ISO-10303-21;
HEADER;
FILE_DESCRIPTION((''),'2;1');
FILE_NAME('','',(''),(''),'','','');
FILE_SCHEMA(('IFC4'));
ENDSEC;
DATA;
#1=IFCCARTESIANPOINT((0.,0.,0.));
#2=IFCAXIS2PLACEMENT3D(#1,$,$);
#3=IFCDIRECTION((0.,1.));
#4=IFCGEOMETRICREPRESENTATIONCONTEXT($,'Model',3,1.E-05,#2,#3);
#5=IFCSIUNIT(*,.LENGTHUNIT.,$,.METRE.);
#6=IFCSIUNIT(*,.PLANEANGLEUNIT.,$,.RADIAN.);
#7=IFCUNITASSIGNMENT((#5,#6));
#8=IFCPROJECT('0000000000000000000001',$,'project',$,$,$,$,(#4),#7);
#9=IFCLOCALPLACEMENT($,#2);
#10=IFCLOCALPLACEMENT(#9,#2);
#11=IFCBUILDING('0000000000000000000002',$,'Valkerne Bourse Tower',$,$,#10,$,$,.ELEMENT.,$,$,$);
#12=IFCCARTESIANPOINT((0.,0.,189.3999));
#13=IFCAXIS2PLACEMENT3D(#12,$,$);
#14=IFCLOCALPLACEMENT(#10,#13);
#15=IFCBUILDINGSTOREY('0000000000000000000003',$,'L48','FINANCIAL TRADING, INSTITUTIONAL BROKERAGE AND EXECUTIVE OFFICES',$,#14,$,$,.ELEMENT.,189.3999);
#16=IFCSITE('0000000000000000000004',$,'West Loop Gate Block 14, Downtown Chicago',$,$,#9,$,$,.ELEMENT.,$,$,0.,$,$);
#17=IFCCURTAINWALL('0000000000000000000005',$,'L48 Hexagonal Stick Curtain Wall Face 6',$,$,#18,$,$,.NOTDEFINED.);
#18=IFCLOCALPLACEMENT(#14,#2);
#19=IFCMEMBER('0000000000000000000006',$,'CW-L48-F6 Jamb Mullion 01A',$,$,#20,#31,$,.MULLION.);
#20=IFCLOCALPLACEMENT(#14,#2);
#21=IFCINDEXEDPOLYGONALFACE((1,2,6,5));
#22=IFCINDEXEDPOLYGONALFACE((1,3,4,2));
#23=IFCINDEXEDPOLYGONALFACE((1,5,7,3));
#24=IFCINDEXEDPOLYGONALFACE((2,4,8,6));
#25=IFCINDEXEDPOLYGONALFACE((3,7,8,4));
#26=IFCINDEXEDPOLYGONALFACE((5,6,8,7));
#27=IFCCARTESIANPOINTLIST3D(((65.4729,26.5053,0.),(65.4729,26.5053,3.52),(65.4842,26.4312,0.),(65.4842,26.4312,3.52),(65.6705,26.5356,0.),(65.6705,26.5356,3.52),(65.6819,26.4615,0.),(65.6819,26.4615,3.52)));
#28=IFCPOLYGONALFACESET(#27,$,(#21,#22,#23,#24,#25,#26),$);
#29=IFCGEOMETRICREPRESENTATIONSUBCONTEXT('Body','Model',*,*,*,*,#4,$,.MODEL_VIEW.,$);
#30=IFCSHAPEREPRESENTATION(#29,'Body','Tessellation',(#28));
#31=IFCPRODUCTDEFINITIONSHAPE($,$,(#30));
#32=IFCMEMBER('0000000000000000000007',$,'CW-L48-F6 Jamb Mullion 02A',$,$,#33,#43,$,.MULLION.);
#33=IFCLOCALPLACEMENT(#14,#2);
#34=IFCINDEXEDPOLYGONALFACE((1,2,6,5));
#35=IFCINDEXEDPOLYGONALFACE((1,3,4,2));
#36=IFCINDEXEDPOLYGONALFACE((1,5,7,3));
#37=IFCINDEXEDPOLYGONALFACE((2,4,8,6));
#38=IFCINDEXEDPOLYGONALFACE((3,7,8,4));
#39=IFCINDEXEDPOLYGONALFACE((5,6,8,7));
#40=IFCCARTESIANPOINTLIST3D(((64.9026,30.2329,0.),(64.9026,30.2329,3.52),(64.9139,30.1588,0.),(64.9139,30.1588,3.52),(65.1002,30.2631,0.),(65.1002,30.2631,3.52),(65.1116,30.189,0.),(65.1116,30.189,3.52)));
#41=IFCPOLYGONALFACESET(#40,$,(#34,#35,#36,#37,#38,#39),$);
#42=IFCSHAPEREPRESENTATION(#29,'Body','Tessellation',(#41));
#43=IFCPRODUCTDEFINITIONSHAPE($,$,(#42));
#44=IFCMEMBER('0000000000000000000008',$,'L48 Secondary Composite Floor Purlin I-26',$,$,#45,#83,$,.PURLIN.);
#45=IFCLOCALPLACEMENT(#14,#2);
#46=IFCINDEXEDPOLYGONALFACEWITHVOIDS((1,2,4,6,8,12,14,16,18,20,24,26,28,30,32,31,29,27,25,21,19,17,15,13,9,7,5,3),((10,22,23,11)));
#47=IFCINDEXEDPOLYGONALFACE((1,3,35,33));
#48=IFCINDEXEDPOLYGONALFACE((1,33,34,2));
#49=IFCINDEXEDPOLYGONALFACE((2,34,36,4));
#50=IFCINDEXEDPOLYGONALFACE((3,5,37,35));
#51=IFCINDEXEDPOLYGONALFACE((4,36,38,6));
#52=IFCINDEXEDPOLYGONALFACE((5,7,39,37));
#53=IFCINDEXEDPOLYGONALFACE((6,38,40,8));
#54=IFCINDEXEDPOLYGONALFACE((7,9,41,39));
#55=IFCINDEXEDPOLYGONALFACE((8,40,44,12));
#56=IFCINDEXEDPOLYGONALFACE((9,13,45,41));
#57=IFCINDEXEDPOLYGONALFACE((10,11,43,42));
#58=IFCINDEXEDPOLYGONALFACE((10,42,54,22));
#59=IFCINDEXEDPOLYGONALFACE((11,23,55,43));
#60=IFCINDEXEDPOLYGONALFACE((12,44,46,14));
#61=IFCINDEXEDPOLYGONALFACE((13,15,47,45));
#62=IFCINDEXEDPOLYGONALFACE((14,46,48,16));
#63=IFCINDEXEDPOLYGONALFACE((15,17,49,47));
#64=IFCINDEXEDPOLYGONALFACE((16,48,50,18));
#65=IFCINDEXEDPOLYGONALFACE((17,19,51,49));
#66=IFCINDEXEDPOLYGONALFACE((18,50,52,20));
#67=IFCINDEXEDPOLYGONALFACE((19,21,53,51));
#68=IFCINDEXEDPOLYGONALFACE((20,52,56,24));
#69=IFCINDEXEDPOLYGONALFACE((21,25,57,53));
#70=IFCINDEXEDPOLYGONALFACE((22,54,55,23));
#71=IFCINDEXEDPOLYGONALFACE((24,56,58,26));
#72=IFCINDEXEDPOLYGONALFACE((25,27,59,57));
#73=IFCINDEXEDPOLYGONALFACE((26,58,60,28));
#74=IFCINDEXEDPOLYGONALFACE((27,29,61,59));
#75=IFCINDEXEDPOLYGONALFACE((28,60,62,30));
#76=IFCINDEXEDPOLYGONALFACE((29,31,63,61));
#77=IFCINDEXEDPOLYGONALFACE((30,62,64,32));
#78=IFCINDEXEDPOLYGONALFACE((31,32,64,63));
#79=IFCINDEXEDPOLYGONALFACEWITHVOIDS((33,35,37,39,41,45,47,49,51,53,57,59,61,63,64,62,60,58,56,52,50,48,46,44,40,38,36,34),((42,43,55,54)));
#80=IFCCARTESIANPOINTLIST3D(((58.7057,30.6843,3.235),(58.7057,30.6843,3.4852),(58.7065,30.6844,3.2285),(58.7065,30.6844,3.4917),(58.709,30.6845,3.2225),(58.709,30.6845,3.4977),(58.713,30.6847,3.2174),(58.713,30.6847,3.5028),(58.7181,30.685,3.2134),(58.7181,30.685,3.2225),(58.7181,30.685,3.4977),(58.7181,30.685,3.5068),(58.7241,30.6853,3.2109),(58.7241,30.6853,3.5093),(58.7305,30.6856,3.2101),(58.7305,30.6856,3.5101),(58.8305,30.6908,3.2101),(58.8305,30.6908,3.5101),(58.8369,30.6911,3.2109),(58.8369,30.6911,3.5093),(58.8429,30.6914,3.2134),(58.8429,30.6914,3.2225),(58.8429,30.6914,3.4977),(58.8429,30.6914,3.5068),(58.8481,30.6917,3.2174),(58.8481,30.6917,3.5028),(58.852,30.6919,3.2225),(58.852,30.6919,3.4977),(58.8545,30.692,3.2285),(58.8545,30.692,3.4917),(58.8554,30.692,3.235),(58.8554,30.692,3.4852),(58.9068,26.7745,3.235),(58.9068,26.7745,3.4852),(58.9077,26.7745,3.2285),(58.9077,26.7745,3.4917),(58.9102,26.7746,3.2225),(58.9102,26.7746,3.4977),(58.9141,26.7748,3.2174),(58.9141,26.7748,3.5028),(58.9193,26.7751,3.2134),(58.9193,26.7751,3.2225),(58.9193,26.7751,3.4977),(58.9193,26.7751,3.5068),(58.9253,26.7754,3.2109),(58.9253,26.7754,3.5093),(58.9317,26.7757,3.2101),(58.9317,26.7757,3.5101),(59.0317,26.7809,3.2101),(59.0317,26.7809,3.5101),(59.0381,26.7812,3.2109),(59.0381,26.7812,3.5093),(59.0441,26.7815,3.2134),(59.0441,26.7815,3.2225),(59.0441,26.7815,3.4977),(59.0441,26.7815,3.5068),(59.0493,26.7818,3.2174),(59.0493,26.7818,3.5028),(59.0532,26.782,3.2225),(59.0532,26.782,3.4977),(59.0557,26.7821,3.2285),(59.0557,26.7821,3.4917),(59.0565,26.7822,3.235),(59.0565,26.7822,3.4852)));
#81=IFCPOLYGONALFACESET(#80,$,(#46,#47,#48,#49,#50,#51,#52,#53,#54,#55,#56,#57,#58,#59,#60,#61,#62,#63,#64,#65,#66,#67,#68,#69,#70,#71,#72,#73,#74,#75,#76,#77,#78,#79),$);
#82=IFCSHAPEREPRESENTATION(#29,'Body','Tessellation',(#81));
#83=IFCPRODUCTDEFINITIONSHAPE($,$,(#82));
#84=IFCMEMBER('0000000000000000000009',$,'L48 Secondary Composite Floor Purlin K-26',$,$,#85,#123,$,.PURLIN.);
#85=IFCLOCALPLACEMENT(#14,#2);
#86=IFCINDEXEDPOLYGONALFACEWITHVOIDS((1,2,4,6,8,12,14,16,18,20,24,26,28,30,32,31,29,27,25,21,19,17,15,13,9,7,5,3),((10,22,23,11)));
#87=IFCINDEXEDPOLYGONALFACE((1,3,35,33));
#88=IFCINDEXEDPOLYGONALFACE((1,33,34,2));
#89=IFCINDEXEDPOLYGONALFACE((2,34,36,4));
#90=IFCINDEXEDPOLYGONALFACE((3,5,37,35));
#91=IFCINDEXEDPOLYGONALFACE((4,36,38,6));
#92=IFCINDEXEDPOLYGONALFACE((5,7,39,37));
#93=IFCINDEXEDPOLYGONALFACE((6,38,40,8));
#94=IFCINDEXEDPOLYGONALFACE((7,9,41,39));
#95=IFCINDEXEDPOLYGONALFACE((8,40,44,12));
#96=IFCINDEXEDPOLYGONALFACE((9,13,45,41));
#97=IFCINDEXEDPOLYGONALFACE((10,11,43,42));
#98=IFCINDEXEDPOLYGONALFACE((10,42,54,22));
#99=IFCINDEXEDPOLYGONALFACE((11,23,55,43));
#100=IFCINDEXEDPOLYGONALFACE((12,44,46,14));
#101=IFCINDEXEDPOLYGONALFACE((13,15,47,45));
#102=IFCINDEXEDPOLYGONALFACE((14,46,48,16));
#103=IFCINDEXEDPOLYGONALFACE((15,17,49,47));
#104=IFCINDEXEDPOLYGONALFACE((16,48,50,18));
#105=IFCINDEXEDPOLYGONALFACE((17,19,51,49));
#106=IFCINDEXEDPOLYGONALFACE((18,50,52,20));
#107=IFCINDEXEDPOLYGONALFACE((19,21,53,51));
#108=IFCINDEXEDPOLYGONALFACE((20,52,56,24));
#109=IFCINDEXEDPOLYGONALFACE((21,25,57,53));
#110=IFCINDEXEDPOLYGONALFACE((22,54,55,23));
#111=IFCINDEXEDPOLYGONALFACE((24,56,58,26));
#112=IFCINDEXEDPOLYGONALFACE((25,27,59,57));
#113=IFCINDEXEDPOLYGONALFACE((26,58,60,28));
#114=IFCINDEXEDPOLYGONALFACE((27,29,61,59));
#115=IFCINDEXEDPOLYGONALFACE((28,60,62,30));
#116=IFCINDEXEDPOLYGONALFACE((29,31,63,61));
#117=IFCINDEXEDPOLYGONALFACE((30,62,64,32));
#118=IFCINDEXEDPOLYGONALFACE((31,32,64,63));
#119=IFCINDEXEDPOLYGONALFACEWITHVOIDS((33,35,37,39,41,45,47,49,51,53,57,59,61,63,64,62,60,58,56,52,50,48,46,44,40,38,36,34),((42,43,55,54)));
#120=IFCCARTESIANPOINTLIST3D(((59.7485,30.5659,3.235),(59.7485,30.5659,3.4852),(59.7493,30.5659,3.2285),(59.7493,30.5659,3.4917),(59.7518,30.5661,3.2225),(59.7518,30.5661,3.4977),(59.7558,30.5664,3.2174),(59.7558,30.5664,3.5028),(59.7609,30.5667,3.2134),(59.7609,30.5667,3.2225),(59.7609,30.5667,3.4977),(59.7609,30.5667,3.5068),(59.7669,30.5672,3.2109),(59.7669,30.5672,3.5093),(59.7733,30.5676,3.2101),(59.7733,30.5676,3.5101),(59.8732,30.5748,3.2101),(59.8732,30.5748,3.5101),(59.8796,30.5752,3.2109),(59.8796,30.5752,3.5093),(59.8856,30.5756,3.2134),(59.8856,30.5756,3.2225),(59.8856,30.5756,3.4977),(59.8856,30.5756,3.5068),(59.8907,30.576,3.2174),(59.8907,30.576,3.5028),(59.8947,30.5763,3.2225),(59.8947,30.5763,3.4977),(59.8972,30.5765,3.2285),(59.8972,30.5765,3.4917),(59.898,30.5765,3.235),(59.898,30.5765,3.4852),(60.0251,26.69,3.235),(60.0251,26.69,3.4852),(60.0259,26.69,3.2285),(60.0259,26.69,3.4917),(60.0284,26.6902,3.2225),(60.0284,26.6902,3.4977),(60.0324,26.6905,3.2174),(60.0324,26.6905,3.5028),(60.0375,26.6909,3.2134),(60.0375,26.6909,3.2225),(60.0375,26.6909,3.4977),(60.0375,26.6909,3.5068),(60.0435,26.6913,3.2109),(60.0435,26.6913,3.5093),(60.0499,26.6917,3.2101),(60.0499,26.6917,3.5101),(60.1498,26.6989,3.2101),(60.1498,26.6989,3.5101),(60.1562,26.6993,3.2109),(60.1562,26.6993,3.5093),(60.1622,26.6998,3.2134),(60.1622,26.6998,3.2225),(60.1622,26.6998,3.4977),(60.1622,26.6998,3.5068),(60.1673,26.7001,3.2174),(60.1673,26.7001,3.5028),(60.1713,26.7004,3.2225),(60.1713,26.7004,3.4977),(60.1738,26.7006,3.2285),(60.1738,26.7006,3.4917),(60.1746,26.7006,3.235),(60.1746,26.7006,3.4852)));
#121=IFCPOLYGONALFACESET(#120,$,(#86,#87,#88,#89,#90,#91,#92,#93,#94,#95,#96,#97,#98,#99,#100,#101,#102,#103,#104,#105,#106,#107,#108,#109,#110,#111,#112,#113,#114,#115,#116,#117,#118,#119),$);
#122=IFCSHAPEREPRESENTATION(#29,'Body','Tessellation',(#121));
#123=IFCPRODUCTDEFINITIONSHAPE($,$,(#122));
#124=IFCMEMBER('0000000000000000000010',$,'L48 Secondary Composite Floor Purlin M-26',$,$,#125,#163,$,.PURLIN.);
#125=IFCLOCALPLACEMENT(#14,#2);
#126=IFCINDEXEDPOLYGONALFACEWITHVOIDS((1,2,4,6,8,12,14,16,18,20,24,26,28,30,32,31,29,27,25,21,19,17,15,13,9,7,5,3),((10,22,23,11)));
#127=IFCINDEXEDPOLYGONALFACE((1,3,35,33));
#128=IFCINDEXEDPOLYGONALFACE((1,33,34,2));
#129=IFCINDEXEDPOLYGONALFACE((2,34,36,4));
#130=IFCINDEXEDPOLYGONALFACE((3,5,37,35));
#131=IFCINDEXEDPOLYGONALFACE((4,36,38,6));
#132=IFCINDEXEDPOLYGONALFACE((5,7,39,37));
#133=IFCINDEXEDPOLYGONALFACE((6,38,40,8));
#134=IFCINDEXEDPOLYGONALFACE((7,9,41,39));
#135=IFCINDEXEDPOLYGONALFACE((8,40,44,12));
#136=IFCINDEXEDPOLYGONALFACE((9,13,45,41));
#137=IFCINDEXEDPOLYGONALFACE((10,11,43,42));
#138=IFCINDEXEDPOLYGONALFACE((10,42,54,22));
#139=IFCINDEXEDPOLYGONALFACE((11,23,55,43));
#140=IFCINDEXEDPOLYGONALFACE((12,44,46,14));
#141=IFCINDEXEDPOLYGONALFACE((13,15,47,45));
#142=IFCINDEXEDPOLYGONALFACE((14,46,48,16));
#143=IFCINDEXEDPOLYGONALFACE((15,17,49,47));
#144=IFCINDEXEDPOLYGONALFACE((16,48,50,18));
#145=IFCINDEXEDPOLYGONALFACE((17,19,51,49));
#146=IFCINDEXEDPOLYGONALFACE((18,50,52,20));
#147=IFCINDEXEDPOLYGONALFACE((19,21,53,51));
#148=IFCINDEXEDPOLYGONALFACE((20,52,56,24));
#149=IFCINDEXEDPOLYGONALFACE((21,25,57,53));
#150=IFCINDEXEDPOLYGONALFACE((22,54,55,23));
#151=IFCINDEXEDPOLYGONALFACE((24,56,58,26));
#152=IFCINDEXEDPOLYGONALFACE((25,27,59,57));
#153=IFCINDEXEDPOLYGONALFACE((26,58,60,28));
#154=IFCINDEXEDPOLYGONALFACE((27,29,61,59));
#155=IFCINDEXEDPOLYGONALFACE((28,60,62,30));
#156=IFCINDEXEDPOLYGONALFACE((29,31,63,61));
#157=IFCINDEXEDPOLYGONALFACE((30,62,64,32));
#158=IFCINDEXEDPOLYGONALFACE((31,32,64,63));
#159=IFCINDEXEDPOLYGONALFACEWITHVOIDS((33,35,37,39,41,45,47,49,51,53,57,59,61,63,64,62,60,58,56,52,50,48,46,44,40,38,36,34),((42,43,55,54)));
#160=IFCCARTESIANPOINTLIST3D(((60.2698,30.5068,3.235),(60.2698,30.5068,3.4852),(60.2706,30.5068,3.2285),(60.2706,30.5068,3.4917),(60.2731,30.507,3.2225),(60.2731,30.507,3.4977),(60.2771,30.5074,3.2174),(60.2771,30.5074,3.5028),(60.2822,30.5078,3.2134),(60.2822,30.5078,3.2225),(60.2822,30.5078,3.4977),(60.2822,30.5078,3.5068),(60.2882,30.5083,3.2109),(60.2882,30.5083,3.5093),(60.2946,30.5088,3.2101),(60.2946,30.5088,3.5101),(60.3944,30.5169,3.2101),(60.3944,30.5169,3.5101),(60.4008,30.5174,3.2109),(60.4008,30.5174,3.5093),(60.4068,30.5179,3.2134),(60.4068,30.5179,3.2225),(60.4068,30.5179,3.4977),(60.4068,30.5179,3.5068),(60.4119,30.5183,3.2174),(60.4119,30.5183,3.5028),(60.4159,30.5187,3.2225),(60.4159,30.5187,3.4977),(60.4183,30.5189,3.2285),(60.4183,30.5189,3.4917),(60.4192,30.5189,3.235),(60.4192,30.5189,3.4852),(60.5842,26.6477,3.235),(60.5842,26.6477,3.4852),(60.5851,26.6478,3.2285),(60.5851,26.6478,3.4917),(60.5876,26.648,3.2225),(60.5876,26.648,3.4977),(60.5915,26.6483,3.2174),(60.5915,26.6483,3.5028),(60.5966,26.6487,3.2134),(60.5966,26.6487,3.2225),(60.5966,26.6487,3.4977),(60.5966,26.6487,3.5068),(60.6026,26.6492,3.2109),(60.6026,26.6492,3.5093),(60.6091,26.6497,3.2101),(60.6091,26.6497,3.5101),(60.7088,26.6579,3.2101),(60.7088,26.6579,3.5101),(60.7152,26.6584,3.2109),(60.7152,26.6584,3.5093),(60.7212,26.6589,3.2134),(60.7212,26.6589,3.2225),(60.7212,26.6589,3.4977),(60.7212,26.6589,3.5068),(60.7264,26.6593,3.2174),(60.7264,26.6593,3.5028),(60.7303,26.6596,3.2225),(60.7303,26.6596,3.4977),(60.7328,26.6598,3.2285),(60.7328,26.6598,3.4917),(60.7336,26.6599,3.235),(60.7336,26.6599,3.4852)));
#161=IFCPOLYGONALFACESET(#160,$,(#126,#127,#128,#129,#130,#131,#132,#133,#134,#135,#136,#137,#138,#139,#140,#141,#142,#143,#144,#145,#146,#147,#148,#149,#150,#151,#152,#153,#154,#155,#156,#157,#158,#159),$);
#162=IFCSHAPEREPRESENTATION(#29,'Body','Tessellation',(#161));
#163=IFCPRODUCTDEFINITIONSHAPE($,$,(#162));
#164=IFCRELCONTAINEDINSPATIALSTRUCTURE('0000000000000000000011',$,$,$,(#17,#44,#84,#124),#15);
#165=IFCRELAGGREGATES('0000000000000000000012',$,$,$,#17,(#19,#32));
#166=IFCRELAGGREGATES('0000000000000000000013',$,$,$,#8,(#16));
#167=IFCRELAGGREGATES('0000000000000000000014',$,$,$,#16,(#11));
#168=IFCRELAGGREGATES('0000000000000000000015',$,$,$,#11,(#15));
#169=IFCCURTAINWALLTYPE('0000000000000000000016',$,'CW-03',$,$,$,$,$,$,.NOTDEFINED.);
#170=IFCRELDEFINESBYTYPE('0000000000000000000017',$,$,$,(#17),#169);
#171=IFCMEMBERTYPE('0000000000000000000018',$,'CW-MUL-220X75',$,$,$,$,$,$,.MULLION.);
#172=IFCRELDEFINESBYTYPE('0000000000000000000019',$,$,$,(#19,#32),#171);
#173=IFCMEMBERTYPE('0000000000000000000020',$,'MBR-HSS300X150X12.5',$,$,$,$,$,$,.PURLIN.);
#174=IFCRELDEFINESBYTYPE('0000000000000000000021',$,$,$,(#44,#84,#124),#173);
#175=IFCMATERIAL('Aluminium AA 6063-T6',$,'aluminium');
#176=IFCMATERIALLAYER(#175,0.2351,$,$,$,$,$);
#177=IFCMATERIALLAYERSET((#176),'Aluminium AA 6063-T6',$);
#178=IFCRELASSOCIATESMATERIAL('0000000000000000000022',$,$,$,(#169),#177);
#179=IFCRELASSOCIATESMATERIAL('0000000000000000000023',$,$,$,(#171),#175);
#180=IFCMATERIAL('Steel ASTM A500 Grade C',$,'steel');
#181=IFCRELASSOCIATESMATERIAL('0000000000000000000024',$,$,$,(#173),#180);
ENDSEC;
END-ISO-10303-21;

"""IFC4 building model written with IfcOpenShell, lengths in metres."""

from ifc_helpers import new_model, si_unit, direction, frame, origin, origin_2d, place, context, subcontext, project, spatial, rectangle, hollow_rectangle, extrude, material, layer, layer_set, material_profile, profile_set, type_object, element, aggregate, save


model = new_model("IFC4")

# Units and contexts
model_context = context("Model", 3, precision=1e-05, world=origin(), true_north=direction((0.0, 1.0)))
body_context = subcontext(model_context, "Body", "Model", "MODEL_VIEW")
ifc_project = project(units=[si_unit("LENGTHUNIT", "METRE"), si_unit("PLANEANGLEUNIT", "RADIAN")], contexts=[model_context])

# Site, building, storey
site_placement = place(None, origin())
site = spatial("IfcSite", under=ifc_project, at=site_placement, Name="West Loop Gate Block 14, Downtown Chicago", CompositionType="ELEMENT", RefElevation=0.0)
building_placement = place(site_placement, origin())
building = spatial("IfcBuilding", under=site, at=building_placement, Name="Valkerne Bourse Tower", CompositionType="ELEMENT")
storey_placement = place(building_placement, frame((0.0, 0.0, 189.3999)))
storey = spatial("IfcBuildingStorey", under=building, at=storey_placement, Name="L48", Description="FINANCIAL TRADING, INSTITUTIONAL BROKERAGE AND EXECUTIVE OFFICES", CompositionType="ELEMENT", Elevation=189.3999)

# Curtain wall, members
ifc_material_1 = material(Name="Aluminium AA 6063-T6", Category="aluminium")
ifc_layer_1 = layer(ifc_material_1, 0.2351)
ifc_layer_set_1 = layer_set([ifc_layer_1], Name="Aluminium AA 6063-T6")
curtain_wall_type = type_object("IfcCurtainWallType", Name="CW-03", PredefinedType="NOTDEFINED", material=ifc_layer_set_1)
curtain_wall_placement = place(storey_placement, origin())
curtain_wall = element("IfcCurtainWall", 1, at=curtain_wall_placement, inside=storey, type_object=curtain_wall_type, Name="L48 Hexagonal Stick Curtain Wall Face 6", PredefinedType="NOTDEFINED")
ifc_material_profile_1 = material_profile(ifc_material_1, rectangle(XDim=0.075, YDim=0.2, at=origin_2d()), Name="CWM-75X200")
ifc_profile_set_1 = profile_set([ifc_material_profile_1], Name="Aluminium AA 6063-T6")
member_type_1 = type_object("IfcMemberType", Name="CW-MUL-220X75", PredefinedType="MULLION", material=ifc_profile_set_1)
member_1_placement = place(storey_placement, frame((65.5774, 26.4834, 0.0), z_axis=(0.0, 0.0, 1.0), x_axis=(-0.151256, 0.988495, 0.0)))
member_1 = element("IfcMember", 2, at=member_1_placement, type_object=member_type_1, Name="CW-L48-F6 Jamb Mullion 01A", PredefinedType="MULLION", context=body_context, shape_type="SweptSolid", body=[
    extrude(rectangle(XDim=0.075, YDim=0.2, at=origin_2d()), origin(), (0.0, 0.0, 1.0), 3.52),
])
member_2_placement = place(storey_placement, frame((65.0071, 30.2109, 0.0), z_axis=(0.0, 0.0, 1.0), x_axis=(-0.15126, 0.988494, 0.0)))
member_2 = element("IfcMember", 3, at=member_2_placement, type_object=member_type_1, Name="CW-L48-F6 Jamb Mullion 02A", PredefinedType="MULLION", context=body_context, shape_type="SweptSolid", body=[
    extrude(rectangle(XDim=0.075, YDim=0.2, at=origin_2d()), origin(), (0.0, 0.0, 1.0), 3.52),
])

# Members
ifc_material_2 = material(Name="Steel ASTM A500 Grade C", Category="steel")
ifc_material_profile_2 = material_profile(ifc_material_2, hollow_rectangle(XDim=0.1499, YDim=0.3, WallThickness=0.0125, OuterFilletRadius=0.0249, at=origin_2d()), Name="HSS300X150X12.5")
ifc_profile_set_2 = profile_set([ifc_material_profile_2], Name="Steel ASTM A500 Grade C")
member_type_2 = type_object("IfcMemberType", Name="MBR-HSS300X150X12.5", PredefinedType="PURLIN", material=ifc_profile_set_2)
member_3_placement = place(storey_placement, frame((58.9817, 26.7783, 3.3601), z_axis=(-0.051384, 0.998679, 0.0), x_axis=(-0.998679, -0.051384, 0.0)))
element("IfcMember", 4, at=member_3_placement, inside=storey, type_object=member_type_2, Name="L48 Secondary Composite Floor Purlin I-26", PredefinedType="PURLIN", context=body_context, shape_type="SweptSolid", body=[
    extrude(hollow_rectangle(XDim=0.1499, YDim=0.3, WallThickness=0.0125, OuterFilletRadius=0.0249, at=origin_2d()), origin(), (0.0, 0.0, 1.0), 3.915),
])
member_4_placement = place(storey_placement, frame((60.0999, 26.6953, 3.3601), z_axis=(-0.071185, 0.997463, 0.0), x_axis=(-0.997463, -0.071185, 0.0)))
element("IfcMember", 5, at=member_4_placement, inside=storey, type_object=member_type_2, Name="L48 Secondary Composite Floor Purlin K-26", PredefinedType="PURLIN", context=body_context, shape_type="SweptSolid", body=[
    extrude(hollow_rectangle(XDim=0.1499, YDim=0.3, WallThickness=0.0125, OuterFilletRadius=0.0249, at=origin_2d()), origin(), (0.0, 0.0, 1.0), 3.8857),
])
member_5_placement = place(storey_placement, frame((60.6589, 26.6538, 3.3601), z_axis=(-0.081214, 0.996697, 0.0), x_axis=(-0.996697, -0.081214, 0.0)))
element("IfcMember", 6, at=member_5_placement, inside=storey, type_object=member_type_2, Name="L48 Secondary Composite Floor Purlin M-26", PredefinedType="PURLIN", context=body_context, shape_type="SweptSolid", body=[
    extrude(hollow_rectangle(XDim=0.1499, YDim=0.3, WallThickness=0.0125, OuterFilletRadius=0.0249, at=origin_2d()), origin(), (0.0, 0.0, 1.0), 3.8718),
])

aggregate(curtain_wall, [member_1, member_2])

save(model, "model.ifc")
